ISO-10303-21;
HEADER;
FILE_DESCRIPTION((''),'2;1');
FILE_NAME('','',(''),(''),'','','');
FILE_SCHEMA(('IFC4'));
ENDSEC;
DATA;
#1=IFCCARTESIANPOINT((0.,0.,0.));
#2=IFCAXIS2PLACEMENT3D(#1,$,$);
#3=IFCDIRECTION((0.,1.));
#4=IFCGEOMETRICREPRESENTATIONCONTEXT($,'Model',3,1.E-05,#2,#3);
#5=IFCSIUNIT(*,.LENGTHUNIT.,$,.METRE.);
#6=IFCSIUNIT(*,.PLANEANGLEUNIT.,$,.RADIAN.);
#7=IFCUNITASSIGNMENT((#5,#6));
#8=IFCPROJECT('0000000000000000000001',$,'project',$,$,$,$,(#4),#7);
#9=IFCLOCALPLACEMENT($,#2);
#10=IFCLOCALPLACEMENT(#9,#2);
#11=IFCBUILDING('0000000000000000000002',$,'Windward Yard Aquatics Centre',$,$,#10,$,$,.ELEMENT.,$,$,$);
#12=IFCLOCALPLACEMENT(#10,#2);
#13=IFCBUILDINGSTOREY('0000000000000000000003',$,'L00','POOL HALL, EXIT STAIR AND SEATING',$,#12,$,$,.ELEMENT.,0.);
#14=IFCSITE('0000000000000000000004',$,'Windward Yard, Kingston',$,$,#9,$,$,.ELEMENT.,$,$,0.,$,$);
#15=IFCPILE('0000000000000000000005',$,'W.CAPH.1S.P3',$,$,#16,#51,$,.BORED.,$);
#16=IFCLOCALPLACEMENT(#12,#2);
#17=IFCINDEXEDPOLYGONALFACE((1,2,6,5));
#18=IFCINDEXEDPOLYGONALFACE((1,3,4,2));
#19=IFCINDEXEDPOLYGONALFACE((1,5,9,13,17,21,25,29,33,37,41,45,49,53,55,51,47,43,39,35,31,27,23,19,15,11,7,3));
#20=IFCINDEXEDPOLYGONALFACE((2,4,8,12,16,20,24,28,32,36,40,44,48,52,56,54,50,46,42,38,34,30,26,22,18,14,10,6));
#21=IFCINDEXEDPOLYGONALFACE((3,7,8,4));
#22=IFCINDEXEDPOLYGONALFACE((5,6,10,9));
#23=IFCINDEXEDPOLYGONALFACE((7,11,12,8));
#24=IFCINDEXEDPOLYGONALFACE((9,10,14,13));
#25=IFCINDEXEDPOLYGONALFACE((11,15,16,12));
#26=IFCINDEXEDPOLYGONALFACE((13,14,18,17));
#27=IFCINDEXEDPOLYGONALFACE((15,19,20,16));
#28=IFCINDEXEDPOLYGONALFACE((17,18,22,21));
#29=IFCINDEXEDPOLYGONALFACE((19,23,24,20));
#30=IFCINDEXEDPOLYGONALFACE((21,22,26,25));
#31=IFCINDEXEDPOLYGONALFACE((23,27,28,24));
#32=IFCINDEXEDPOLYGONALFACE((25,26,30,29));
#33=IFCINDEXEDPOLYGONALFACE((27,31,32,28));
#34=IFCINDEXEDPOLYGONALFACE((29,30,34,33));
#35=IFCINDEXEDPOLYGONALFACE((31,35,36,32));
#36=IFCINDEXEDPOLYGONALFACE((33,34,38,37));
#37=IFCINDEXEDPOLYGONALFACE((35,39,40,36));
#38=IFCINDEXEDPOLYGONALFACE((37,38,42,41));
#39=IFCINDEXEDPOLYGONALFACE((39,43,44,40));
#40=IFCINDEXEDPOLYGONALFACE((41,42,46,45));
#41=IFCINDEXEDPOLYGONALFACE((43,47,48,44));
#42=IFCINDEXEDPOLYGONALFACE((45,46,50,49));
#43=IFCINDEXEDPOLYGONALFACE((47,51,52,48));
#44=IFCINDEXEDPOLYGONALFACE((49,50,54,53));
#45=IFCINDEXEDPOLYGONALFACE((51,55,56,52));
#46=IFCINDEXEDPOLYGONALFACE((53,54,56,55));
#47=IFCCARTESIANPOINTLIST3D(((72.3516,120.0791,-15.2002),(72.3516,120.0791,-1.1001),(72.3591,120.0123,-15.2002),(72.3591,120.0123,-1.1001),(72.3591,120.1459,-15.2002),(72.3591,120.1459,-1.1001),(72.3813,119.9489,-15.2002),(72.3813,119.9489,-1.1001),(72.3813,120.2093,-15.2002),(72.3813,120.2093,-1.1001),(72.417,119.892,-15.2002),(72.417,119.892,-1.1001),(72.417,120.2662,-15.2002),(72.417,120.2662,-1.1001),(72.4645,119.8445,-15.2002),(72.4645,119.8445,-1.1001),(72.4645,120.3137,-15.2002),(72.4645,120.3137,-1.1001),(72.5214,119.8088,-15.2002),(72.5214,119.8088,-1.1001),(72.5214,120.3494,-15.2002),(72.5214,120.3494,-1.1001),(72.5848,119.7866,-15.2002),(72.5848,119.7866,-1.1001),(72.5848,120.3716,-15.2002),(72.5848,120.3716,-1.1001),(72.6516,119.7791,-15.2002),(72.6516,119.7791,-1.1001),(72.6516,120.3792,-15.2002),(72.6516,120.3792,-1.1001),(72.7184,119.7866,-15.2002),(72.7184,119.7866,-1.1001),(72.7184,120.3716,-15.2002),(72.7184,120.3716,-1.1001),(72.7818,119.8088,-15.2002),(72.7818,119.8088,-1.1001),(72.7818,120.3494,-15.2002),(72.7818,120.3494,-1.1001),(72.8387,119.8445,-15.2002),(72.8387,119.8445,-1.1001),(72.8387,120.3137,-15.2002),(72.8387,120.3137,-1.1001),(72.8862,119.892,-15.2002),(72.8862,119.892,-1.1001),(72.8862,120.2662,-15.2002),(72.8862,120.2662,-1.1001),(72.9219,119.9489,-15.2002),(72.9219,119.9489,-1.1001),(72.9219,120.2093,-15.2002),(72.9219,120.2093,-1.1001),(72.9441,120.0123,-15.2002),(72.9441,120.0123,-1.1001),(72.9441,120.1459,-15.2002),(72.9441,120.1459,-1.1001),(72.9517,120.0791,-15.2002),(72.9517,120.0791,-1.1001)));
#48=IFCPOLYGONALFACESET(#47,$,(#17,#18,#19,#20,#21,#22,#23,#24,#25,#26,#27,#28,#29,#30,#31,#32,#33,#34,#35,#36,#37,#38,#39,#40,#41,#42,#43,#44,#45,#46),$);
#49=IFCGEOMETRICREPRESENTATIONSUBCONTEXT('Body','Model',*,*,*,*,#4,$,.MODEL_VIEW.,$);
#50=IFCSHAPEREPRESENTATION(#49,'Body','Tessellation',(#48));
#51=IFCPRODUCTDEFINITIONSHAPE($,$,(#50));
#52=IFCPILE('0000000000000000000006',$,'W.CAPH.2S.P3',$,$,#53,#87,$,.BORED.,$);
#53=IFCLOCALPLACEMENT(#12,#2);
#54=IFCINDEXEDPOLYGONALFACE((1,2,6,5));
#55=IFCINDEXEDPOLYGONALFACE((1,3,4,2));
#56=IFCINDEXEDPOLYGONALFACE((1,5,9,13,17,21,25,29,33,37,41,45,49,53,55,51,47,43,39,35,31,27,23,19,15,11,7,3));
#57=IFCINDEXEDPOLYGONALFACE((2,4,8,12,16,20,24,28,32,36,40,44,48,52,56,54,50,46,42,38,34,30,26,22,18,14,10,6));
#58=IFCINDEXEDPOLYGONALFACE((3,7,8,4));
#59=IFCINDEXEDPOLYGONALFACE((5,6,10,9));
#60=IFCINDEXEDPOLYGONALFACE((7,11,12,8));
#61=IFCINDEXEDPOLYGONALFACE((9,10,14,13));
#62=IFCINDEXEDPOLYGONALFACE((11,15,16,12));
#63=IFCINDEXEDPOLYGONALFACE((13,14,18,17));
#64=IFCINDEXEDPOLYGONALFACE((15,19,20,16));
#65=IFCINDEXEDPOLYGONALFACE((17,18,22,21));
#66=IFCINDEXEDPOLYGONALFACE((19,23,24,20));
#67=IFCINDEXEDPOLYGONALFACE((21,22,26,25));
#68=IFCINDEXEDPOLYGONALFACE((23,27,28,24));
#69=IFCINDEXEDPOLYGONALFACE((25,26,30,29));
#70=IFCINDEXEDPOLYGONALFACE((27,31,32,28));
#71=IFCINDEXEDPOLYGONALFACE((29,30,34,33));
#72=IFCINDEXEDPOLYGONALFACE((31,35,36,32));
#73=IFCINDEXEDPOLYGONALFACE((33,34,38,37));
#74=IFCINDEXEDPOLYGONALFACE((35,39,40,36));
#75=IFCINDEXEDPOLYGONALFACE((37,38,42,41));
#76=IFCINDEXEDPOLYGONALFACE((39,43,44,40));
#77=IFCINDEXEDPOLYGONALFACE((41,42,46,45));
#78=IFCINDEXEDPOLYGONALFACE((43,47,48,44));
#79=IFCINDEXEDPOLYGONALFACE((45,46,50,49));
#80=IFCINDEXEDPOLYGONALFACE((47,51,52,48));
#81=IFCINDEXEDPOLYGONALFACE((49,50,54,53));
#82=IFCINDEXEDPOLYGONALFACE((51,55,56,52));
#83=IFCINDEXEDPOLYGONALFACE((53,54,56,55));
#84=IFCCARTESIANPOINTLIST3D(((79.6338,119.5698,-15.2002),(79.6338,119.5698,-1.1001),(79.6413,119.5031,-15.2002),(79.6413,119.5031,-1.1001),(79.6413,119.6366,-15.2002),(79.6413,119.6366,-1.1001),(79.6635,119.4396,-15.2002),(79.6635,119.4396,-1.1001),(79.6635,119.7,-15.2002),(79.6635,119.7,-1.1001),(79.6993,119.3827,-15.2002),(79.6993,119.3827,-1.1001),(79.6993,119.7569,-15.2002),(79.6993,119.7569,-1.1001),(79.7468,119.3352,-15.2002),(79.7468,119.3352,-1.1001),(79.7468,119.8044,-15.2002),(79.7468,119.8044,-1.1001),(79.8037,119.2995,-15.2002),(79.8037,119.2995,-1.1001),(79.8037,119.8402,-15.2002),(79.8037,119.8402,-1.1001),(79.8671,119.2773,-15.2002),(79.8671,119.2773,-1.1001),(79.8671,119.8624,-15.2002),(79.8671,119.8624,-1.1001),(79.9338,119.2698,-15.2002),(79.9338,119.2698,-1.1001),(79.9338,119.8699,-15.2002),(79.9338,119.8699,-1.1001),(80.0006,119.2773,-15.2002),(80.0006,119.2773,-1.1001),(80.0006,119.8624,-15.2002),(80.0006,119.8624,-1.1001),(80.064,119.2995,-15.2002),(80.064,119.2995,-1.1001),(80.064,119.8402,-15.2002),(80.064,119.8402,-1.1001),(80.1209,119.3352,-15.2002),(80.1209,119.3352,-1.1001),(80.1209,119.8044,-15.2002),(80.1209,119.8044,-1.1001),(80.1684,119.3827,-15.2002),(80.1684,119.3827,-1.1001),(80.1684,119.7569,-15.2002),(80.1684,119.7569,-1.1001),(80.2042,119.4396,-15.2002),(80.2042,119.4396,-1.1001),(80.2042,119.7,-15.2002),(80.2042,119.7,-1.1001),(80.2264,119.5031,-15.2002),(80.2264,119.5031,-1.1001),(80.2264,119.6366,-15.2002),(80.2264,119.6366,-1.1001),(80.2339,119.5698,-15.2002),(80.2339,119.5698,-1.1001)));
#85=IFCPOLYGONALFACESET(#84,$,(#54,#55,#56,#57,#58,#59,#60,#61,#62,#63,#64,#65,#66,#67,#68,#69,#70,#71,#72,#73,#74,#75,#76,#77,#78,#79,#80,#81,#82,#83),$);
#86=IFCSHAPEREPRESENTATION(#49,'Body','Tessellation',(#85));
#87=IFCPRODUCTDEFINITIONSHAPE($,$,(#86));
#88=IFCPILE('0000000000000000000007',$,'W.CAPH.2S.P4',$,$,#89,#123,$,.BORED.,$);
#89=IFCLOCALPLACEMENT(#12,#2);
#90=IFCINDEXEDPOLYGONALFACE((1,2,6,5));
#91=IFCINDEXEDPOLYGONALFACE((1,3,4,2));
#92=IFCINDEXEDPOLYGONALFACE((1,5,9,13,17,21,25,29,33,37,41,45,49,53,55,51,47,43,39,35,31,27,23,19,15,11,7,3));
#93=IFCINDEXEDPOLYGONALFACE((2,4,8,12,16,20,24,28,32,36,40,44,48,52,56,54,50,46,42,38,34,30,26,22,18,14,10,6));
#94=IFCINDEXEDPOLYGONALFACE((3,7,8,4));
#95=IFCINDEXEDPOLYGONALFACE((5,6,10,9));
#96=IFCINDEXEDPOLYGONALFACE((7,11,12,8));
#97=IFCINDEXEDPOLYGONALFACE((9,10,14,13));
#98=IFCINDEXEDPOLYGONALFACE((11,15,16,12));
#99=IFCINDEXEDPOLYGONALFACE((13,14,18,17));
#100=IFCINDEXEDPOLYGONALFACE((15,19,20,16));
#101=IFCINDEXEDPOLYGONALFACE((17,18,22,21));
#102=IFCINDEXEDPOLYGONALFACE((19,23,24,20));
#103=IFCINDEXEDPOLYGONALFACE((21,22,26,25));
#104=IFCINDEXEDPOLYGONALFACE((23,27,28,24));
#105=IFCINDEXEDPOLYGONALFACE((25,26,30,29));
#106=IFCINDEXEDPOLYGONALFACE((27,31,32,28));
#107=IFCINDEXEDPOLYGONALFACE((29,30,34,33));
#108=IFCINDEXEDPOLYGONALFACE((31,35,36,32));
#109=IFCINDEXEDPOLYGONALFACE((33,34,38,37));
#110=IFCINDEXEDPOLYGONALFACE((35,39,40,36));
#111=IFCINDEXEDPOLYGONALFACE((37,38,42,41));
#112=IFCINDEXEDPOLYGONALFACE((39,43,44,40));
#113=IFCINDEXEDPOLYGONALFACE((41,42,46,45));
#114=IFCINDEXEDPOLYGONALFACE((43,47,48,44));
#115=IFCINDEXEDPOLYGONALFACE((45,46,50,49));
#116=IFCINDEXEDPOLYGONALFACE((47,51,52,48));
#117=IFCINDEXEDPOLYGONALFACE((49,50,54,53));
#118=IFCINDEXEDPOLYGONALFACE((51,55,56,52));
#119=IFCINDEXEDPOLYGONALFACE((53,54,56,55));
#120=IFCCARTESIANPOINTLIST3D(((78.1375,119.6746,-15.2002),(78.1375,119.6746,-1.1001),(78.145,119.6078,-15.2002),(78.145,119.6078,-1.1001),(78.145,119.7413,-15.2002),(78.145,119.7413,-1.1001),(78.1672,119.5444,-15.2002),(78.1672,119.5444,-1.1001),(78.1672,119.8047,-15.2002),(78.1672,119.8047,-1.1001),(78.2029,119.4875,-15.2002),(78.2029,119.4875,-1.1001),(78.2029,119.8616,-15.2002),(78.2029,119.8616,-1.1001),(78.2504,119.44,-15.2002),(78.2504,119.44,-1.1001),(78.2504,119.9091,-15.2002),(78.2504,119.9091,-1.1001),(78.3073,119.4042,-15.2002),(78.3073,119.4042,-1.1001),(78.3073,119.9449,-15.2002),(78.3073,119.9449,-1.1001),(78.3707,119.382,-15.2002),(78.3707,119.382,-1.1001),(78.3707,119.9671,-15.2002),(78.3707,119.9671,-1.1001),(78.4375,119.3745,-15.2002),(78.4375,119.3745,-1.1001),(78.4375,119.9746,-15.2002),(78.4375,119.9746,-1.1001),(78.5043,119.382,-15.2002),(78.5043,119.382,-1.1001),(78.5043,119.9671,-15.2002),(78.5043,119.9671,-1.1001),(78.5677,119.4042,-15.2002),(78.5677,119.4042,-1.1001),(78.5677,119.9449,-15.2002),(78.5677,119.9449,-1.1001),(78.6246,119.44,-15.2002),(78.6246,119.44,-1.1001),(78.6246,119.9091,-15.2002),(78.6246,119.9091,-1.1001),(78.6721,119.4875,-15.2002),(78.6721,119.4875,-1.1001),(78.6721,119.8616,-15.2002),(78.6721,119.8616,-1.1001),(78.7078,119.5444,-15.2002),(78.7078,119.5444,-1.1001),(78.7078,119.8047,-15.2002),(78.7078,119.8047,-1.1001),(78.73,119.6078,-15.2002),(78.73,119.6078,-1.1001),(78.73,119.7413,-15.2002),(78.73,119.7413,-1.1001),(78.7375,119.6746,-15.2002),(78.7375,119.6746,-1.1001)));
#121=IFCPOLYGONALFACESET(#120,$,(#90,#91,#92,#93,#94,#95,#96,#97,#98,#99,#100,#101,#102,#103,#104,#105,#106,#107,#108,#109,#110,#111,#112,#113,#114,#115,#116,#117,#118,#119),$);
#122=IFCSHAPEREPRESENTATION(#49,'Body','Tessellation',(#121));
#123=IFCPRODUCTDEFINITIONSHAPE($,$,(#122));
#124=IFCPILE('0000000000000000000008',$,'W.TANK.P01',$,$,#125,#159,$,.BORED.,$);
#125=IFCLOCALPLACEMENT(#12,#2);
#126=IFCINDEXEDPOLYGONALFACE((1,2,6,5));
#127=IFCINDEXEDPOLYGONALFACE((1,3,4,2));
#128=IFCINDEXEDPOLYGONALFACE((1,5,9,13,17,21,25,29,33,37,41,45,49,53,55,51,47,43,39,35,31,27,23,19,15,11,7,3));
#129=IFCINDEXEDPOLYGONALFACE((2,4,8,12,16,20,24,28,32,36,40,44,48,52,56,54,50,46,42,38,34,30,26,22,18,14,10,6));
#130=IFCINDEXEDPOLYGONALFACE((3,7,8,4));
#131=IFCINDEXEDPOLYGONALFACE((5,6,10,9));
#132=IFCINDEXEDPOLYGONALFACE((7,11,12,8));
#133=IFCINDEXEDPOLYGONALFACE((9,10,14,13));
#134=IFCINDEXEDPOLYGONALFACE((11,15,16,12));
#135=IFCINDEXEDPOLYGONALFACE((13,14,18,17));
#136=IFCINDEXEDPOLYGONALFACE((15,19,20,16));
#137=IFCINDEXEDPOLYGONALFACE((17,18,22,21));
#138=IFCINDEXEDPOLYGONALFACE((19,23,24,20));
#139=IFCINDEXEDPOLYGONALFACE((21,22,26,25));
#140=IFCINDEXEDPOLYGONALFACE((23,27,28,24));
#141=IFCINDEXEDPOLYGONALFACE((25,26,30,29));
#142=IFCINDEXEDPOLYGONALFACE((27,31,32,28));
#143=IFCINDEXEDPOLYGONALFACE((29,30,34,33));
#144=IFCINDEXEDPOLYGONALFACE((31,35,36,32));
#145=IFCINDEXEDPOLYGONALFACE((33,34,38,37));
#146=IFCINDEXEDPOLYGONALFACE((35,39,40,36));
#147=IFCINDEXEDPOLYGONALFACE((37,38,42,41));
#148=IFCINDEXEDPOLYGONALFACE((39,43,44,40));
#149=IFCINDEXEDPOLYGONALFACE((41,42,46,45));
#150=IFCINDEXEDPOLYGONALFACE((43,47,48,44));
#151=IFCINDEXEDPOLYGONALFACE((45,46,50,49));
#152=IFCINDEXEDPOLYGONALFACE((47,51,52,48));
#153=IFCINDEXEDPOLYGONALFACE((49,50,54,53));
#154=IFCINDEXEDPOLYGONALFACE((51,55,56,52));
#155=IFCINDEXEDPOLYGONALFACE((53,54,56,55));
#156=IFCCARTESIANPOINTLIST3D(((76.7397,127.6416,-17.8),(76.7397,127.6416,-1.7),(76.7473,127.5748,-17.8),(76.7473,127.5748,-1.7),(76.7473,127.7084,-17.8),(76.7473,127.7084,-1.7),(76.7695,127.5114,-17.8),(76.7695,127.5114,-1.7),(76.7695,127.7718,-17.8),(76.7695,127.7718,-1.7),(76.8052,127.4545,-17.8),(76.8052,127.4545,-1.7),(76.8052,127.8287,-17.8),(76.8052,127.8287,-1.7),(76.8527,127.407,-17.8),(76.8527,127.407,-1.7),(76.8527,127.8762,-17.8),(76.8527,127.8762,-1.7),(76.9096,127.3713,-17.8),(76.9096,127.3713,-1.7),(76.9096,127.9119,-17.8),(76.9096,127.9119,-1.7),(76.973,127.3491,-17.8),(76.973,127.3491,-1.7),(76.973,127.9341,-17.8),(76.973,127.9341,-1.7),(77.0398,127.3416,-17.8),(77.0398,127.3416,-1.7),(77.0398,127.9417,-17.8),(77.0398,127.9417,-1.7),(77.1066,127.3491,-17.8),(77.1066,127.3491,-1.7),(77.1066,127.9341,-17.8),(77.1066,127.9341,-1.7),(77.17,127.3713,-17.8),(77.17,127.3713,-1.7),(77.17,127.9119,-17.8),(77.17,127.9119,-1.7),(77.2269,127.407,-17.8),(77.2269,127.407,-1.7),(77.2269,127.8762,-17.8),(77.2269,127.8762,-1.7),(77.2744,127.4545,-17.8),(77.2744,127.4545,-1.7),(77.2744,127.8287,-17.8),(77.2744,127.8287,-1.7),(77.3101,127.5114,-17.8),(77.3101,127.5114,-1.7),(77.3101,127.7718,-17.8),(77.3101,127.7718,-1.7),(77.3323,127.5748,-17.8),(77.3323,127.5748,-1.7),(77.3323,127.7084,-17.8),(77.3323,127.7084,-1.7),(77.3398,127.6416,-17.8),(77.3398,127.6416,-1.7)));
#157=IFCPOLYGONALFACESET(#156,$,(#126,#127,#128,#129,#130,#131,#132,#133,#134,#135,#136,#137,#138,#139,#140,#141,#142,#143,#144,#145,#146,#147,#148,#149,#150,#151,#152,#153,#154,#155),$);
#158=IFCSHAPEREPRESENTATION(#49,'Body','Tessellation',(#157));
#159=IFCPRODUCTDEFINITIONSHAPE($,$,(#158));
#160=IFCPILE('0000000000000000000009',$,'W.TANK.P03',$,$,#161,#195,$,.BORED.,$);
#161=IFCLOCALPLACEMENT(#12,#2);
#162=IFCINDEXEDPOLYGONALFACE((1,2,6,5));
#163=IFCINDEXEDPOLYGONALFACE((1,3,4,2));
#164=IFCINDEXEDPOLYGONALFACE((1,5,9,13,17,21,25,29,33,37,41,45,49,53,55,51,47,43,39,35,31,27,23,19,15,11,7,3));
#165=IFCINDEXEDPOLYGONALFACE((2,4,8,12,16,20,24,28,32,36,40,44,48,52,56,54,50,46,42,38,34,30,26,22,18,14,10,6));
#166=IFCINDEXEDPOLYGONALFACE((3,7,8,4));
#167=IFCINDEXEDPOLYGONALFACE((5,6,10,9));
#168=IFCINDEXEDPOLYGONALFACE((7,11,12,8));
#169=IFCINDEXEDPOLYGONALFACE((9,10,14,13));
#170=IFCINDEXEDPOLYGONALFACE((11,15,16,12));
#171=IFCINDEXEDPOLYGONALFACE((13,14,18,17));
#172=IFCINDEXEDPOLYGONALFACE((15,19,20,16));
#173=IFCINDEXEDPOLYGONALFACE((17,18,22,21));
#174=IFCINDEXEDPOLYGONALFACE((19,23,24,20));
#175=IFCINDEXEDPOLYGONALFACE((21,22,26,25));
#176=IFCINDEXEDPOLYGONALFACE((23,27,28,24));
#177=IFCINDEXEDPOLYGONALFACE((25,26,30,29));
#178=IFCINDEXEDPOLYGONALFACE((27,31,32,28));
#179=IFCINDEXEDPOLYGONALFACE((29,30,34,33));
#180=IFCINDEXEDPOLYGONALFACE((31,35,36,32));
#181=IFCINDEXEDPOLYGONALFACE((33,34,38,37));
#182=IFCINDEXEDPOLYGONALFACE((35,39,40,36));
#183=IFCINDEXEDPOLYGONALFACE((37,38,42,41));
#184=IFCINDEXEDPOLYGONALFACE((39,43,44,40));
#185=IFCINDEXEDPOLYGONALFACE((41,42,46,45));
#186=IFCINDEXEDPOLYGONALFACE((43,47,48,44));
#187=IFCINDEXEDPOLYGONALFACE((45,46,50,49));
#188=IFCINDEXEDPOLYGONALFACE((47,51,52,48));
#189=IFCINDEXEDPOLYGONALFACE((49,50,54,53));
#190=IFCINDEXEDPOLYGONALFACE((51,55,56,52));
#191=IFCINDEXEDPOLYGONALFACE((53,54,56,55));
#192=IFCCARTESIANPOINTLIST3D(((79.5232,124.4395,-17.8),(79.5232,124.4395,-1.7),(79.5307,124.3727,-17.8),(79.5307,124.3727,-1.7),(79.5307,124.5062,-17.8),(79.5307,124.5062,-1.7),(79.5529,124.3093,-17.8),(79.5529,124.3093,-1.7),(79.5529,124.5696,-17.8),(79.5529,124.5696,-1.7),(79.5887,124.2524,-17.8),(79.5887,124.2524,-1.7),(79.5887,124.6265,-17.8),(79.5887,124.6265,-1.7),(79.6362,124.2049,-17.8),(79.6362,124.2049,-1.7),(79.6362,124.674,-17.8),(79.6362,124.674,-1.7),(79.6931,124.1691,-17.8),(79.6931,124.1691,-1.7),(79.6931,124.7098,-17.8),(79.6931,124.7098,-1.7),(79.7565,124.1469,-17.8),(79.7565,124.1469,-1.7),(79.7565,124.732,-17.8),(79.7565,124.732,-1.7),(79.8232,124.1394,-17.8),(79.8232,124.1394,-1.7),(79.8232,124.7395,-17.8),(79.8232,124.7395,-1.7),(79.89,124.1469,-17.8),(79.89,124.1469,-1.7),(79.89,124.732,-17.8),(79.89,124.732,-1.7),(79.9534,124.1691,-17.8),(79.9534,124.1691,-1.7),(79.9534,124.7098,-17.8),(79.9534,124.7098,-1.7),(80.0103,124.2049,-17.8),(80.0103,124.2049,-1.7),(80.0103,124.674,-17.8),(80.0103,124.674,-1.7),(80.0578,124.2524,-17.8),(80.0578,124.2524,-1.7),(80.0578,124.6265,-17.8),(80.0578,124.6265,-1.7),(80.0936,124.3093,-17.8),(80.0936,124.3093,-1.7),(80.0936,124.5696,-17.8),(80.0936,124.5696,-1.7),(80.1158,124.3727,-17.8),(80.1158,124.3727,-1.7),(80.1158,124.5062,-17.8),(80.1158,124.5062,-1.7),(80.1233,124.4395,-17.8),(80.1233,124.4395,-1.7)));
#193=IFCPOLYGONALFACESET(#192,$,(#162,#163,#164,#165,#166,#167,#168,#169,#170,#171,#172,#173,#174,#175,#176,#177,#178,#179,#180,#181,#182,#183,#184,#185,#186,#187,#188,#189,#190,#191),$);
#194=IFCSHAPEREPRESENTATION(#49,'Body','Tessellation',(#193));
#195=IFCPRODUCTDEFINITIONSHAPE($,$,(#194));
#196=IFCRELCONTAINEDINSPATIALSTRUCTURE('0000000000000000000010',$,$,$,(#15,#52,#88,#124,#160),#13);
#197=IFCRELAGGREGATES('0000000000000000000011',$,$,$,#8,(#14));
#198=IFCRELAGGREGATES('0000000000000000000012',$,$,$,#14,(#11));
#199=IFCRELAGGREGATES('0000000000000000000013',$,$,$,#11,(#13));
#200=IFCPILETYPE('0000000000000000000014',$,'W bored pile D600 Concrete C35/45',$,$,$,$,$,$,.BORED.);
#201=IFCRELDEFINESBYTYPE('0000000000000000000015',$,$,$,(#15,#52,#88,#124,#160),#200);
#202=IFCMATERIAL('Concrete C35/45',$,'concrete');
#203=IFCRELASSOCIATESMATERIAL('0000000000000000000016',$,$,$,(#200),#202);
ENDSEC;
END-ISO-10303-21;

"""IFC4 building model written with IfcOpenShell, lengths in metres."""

from ifc_helpers import new_model, si_unit, direction, frame, origin, origin_2d, place, context, subcontext, project, spatial, circle, extrude, material, material_profile, profile_set, type_object, element, save


model = new_model("IFC4")

# Units and contexts
model_context = context("Model", 3, precision=1e-05, world=origin(), true_north=direction((0.0, 1.0)))
body_context = subcontext(model_context, "Body", "Model", "MODEL_VIEW")
ifc_project = project(units=[si_unit("LENGTHUNIT", "METRE"), si_unit("PLANEANGLEUNIT", "RADIAN")], contexts=[model_context])

# Site, building, storey
site_placement = place(None, origin())
site = spatial("IfcSite", under=ifc_project, at=site_placement, Name="Windward Yard, Kingston", CompositionType="ELEMENT", RefElevation=0.0)
building_placement = place(site_placement, origin())
building = spatial("IfcBuilding", under=site, at=building_placement, Name="Windward Yard Aquatics Centre", CompositionType="ELEMENT")
storey_placement = place(building_placement, origin())
storey = spatial("IfcBuildingStorey", under=building, at=storey_placement, Name="L00", Description="POOL HALL, EXIT STAIR AND SEATING", CompositionType="ELEMENT", Elevation=0.0)

# Piles
ifc_material_1 = material(Name="Concrete C35/45", Category="concrete")
ifc_material_profile_1 = material_profile(ifc_material_1, circle(Radius=0.3, at=origin_2d()), Name="D600")
ifc_profile_set_1 = profile_set([ifc_material_profile_1], Name="Concrete C35/45")
pile_type = type_object("IfcPileType", Name="W bored pile D600 Concrete C35/45", PredefinedType="BORED", material=ifc_profile_set_1)
for number, where, z_axis, x_axis, name in (
    (1, (72.6516, 120.0791, -1.1001), (0.0, 0.0, -1.0), (1.0, 0.0, 0.0), "W.CAPH.1S.P3"),
    (2, (79.9338, 119.5698, -1.1001), (0.0, 0.0, -1.0), (1.0, 0.0, 0.0), "W.CAPH.2S.P3"),
    (3, (78.4375, 119.6746, -1.1001), (0.0, 0.0, -1.0), (1.0, 0.0, 0.0), "W.CAPH.2S.P4"),
):
    element("IfcPile", number, at=place(storey_placement, frame(where, z_axis=z_axis, x_axis=x_axis)), inside=storey, type_object=pile_type, Name=name, PredefinedType="BORED", context=body_context, shape_type="SweptSolid", body=[
        extrude(circle(Radius=0.3, at=origin_2d()), origin(), (0.0, 0.0, 1.0), 14.1001),
    ])
for number, where, z_axis, x_axis, name in (
    (4, (77.0398, 127.6416, -1.7), (0.0, 0.0, -1.0), (1.0, 0.0, 0.0), "W.TANK.P01"),
    (5, (79.8232, 124.4395, -1.7), (0.0, 0.0, -1.0), (1.0, 0.0, 0.0), "W.TANK.P03"),
):
    element("IfcPile", number, at=place(storey_placement, frame(where, z_axis=z_axis, x_axis=x_axis)), inside=storey, type_object=pile_type, Name=name, PredefinedType="BORED", context=body_context, shape_type="SweptSolid", body=[
        extrude(circle(Radius=0.3, at=origin_2d()), origin(), (0.0, 0.0, 1.0), 16.1001),
    ])

save(model, "model.ifc")
